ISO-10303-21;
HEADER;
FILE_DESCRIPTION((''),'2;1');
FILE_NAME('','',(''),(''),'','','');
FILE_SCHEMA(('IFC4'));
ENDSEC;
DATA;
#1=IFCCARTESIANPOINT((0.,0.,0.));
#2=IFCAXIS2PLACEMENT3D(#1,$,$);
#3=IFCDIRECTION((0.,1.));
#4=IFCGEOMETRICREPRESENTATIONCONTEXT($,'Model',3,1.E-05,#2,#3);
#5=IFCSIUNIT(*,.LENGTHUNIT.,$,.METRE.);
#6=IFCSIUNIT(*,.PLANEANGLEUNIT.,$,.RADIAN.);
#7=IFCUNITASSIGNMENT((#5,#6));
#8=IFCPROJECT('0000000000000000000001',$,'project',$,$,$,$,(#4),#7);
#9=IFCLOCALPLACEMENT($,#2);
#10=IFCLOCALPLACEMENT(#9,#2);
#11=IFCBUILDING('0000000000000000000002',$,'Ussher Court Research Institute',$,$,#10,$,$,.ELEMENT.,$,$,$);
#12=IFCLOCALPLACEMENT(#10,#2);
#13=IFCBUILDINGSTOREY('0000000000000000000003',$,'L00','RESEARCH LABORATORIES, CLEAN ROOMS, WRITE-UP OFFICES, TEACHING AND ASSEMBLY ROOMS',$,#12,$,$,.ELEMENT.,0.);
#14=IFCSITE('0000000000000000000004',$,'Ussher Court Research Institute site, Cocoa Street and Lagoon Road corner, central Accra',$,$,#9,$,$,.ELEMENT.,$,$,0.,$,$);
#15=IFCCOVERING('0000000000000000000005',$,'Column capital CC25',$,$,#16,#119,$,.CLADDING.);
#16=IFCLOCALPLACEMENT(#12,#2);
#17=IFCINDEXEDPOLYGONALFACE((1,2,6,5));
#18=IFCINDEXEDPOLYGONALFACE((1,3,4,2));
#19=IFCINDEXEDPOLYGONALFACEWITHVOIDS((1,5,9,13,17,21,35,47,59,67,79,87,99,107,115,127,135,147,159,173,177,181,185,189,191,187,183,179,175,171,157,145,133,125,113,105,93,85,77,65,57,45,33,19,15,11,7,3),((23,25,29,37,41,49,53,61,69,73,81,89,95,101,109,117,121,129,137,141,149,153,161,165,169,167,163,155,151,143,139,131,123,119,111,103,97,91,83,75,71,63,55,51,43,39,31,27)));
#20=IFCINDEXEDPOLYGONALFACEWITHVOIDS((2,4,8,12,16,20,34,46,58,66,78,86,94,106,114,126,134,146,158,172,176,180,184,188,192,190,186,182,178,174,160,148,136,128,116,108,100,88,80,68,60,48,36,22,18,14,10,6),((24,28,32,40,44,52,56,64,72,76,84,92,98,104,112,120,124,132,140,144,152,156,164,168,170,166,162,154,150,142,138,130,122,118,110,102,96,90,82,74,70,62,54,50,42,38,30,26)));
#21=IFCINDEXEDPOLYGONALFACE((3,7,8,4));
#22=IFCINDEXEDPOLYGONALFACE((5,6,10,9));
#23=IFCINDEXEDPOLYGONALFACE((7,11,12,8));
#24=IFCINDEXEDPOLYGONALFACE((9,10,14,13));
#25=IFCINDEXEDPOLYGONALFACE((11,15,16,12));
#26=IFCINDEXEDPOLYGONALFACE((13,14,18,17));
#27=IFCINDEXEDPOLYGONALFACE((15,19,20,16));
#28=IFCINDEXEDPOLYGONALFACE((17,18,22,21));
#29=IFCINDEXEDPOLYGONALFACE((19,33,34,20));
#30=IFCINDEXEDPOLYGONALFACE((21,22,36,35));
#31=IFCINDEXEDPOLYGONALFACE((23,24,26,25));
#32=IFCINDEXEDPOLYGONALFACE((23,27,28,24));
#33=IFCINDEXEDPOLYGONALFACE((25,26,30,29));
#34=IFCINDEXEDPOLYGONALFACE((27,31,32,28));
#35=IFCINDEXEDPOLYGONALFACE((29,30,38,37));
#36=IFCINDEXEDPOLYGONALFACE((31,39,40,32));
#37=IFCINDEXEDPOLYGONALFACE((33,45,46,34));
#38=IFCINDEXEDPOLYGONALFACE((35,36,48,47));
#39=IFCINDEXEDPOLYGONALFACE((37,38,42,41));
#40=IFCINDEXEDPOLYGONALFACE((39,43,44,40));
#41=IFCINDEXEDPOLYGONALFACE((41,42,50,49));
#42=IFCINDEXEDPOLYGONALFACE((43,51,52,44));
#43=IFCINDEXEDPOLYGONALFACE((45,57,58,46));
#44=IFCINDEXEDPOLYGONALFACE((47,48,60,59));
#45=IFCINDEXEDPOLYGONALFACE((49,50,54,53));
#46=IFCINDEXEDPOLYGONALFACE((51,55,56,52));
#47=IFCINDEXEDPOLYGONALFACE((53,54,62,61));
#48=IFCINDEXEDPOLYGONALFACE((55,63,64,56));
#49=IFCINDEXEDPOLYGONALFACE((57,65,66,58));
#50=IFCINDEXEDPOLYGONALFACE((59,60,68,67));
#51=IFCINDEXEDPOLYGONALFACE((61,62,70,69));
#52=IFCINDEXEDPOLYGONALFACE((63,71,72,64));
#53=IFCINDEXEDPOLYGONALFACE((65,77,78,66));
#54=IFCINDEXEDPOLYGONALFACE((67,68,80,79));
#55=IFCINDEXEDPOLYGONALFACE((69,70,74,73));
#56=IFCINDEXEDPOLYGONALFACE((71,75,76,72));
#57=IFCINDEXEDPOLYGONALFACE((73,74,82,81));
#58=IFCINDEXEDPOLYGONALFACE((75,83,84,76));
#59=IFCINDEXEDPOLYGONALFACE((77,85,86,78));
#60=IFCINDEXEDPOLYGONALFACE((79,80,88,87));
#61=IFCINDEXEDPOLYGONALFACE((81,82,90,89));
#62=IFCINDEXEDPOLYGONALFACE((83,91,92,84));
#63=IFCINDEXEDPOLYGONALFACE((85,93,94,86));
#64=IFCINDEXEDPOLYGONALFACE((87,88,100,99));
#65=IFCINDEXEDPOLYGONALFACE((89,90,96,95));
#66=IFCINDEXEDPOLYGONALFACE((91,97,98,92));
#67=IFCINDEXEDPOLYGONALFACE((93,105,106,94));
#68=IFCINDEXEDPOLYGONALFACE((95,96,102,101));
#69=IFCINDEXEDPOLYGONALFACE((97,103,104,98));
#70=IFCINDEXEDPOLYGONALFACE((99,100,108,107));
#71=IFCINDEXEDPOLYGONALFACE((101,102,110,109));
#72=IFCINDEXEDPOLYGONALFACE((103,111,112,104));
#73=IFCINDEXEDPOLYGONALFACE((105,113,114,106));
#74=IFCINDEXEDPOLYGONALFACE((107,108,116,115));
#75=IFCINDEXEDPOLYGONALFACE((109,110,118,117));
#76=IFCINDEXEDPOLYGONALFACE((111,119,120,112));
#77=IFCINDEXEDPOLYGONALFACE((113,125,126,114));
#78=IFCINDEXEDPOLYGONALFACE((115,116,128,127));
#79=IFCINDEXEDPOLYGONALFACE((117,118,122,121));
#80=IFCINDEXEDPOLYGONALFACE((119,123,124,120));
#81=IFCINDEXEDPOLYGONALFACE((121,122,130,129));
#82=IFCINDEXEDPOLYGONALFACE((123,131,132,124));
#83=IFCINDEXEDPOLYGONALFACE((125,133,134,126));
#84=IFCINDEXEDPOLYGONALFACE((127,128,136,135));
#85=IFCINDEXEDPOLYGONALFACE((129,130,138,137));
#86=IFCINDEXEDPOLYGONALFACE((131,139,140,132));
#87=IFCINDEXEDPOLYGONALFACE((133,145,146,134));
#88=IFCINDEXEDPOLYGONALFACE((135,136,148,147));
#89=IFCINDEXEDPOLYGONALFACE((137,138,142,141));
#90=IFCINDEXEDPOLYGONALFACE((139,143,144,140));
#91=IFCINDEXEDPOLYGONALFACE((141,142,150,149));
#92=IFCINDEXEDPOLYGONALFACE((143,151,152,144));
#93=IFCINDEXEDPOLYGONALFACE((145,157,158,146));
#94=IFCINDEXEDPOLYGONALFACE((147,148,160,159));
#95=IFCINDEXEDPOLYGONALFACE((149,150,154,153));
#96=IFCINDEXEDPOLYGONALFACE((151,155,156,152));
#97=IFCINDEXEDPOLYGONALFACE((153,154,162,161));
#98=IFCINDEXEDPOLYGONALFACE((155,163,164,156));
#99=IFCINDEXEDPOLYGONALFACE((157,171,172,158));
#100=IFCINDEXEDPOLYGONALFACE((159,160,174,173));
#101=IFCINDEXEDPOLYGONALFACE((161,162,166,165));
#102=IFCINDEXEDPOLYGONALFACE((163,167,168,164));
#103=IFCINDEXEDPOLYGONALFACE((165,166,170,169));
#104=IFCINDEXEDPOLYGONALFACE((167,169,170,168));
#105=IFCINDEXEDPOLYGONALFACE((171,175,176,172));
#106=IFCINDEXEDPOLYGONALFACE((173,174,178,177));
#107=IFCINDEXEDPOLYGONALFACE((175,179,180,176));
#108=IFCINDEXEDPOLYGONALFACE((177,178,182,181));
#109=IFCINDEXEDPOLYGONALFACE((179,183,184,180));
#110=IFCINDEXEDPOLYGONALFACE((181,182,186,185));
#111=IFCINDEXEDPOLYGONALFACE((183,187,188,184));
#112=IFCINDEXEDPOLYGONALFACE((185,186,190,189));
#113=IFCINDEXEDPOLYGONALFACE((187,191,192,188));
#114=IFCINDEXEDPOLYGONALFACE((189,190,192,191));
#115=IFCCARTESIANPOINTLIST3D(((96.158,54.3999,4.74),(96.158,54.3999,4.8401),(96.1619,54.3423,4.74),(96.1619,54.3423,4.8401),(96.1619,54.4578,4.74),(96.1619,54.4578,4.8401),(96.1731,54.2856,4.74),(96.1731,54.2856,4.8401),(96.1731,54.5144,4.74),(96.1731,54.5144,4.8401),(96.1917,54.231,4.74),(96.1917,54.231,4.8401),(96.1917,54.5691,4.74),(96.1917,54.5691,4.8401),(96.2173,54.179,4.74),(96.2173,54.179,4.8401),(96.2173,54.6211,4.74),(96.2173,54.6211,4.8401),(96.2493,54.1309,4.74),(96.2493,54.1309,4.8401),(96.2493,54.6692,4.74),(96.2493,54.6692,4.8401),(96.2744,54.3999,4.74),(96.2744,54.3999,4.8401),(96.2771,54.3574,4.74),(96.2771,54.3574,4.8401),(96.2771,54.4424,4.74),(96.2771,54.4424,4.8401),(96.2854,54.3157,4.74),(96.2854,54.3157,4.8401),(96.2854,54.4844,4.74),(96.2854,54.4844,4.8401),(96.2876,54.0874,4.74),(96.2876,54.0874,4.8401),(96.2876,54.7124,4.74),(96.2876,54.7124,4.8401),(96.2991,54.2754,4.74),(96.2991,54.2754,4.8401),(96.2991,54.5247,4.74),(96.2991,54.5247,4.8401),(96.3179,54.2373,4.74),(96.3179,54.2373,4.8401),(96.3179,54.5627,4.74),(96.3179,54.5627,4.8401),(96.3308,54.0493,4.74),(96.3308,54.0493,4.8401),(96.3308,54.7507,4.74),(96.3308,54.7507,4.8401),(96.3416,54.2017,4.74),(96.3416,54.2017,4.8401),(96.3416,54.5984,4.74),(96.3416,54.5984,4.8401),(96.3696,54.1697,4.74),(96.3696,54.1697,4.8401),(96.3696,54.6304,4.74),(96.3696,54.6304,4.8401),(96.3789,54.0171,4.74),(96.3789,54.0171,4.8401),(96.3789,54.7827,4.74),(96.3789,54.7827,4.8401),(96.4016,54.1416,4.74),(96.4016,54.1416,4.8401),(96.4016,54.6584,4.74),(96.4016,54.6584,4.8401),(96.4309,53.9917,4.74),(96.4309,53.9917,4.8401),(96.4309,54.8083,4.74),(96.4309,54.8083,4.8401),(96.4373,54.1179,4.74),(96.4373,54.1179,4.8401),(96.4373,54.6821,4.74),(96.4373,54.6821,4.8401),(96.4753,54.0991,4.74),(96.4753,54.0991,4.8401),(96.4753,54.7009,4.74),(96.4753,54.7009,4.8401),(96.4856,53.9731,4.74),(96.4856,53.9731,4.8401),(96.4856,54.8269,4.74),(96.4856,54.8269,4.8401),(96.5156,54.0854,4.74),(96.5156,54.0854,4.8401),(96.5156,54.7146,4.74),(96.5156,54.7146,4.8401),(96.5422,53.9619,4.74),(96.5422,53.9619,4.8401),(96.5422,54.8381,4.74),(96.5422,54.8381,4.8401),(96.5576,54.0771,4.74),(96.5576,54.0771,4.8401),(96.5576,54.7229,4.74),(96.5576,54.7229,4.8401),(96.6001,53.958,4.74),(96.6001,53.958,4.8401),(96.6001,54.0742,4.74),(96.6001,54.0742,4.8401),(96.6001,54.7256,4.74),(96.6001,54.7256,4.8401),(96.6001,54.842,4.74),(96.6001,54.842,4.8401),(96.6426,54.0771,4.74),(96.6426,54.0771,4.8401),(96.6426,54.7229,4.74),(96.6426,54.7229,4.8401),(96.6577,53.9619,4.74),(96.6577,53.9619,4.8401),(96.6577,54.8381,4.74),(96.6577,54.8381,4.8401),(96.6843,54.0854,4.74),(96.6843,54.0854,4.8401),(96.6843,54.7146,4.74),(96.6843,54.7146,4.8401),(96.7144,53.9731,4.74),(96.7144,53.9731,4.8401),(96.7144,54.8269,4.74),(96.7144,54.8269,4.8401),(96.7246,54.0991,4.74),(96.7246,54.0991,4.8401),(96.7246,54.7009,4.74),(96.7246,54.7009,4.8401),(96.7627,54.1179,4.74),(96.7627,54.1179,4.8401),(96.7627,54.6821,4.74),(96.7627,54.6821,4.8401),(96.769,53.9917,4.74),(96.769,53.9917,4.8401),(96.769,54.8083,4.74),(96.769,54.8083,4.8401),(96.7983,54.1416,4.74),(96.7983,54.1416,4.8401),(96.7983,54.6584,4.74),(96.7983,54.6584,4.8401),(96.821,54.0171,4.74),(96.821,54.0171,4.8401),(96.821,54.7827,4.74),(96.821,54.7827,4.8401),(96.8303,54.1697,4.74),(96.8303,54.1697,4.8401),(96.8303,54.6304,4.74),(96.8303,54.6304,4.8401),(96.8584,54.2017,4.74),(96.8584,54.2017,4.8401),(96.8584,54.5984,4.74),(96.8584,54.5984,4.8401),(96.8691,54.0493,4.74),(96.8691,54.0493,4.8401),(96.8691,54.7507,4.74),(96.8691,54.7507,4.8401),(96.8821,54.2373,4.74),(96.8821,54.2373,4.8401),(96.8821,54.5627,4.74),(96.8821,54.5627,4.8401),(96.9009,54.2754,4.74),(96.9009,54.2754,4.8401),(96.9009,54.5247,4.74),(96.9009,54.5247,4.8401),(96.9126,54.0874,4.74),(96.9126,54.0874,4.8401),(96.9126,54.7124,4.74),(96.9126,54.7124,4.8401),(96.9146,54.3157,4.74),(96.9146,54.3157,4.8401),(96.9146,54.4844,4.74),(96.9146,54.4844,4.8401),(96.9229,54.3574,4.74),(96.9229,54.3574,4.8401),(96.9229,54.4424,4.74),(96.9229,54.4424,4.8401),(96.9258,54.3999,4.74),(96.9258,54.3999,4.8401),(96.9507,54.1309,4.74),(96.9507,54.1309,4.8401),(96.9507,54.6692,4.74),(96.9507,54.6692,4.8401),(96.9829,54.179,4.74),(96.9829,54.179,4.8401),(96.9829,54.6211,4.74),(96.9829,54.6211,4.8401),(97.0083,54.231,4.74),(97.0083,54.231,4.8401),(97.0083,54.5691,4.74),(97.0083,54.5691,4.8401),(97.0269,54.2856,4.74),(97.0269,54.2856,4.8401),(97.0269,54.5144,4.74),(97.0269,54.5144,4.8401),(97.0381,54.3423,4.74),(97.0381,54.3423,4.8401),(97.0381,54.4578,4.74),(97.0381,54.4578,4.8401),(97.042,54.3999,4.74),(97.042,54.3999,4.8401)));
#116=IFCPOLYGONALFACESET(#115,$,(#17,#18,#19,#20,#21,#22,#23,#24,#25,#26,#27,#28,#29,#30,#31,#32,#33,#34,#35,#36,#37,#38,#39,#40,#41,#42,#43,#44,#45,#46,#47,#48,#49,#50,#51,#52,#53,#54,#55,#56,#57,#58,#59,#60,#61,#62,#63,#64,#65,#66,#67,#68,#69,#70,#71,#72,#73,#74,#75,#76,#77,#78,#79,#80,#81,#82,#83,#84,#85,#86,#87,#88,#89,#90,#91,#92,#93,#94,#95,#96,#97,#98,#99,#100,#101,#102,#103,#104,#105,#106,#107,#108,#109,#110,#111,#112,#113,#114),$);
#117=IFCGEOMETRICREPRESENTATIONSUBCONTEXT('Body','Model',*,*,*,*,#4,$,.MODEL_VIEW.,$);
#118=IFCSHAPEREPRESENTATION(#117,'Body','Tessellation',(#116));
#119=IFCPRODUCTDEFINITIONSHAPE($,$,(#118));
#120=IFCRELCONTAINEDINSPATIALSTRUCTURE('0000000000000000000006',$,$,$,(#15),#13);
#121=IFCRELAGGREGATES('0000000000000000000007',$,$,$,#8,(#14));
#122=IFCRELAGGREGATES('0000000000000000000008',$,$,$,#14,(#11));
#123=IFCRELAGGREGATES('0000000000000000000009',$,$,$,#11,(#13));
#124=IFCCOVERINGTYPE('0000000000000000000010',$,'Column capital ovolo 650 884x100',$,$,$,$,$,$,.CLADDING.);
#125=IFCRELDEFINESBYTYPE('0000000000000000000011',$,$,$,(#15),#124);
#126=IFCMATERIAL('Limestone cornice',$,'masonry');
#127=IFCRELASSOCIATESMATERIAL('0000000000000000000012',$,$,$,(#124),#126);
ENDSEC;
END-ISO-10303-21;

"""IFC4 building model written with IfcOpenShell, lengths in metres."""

from ifc_helpers import new_model, si_unit, direction, frame, origin, place, context, subcontext, project, spatial, polyline, outline, extrude, material, type_object, element, save


model = new_model("IFC4")

# Units and contexts
model_context = context("Model", 3, precision=1e-05, world=origin(), true_north=direction((0.0, 1.0)))
body_context = subcontext(model_context, "Body", "Model", "MODEL_VIEW")
ifc_project = project(units=[si_unit("LENGTHUNIT", "METRE"), si_unit("PLANEANGLEUNIT", "RADIAN")], contexts=[model_context])

# Site, building, storey
site_placement = place(None, origin())
site = spatial("IfcSite", under=ifc_project, at=site_placement, Name="Ussher Court Research Institute site, Cocoa Street and Lagoon Road corner, central Accra", CompositionType="ELEMENT", RefElevation=0.0)
building_placement = place(site_placement, origin())
building = spatial("IfcBuilding", under=site, at=building_placement, Name="Ussher Court Research Institute", CompositionType="ELEMENT")
storey_placement = place(building_placement, origin())
storey = spatial("IfcBuildingStorey", under=building, at=storey_placement, Name="L00", Description="RESEARCH LABORATORIES, CLEAN ROOMS, WRITE-UP OFFICES, TEACHING AND ASSEMBLY ROOMS", CompositionType="ELEMENT", Elevation=0.0)

# Covering
ifc_material_1 = material(Name="Limestone cornice", Category="masonry")
covering_type_1 = type_object("IfcCoveringType", Name="Column capital ovolo 650 884x100", PredefinedType="CLADDING", material=ifc_material_1)
covering_1_placement = place(storey_placement, frame((0.0, 0.0, 4.74)))
element("IfcCovering", 1, at=covering_1_placement, inside=storey, type_object=covering_type_1, Name="Column capital CC25", PredefinedType="CLADDING", context=body_context, shape_type="SweptSolid", body=[
    extrude(outline(polyline([(97.042, 54.3999), (97.0381, 54.4578), (97.0269, 54.5144), (97.0083, 54.5691), (96.9829, 54.6211), (96.9507, 54.6692), (96.9126, 54.7124), (96.8691, 54.7507), (96.821, 54.7827), (96.769, 54.8083), (96.7144, 54.8269), (96.6577, 54.8381), (96.6001, 54.842), (96.5422, 54.8381), (96.4856, 54.8269), (96.4309, 54.8083), (96.3789, 54.7827), (96.3308, 54.7507), (96.2876, 54.7124), (96.2493, 54.6692), (96.2173, 54.6211), (96.1917, 54.5691), (96.1731, 54.5144), (96.1619, 54.4578), (96.158, 54.3999), (96.1619, 54.3423), (96.1731, 54.2856), (96.1917, 54.231), (96.2173, 54.179), (96.2493, 54.1309), (96.2876, 54.0874), (96.3308, 54.0493), (96.3789, 54.0171), (96.4309, 53.9917), (96.4856, 53.9731), (96.5422, 53.9619), (96.6001, 53.958), (96.6577, 53.9619), (96.7144, 53.9731), (96.769, 53.9917), (96.821, 54.0171), (96.8691, 54.0493), (96.9126, 54.0874), (96.9507, 54.1309), (96.9829, 54.179), (97.0083, 54.231), (97.0269, 54.2856), (97.0381, 54.3423), (97.042, 54.3999)]), holes=[polyline([(96.9258, 54.3999), (96.9229, 54.4424), (96.9146, 54.4844), (96.9009, 54.5247), (96.8821, 54.5627), (96.8584, 54.5984), (96.8303, 54.6304), (96.7983, 54.6584), (96.7627, 54.6821), (96.7246, 54.7009), (96.6843, 54.7146), (96.6426, 54.7229), (96.6001, 54.7256), (96.5576, 54.7229), (96.5156, 54.7146), (96.4753, 54.7009), (96.4373, 54.6821), (96.4016, 54.6584), (96.3696, 54.6304), (96.3416, 54.5984), (96.3179, 54.5627), (96.2991, 54.5247), (96.2854, 54.4844), (96.2771, 54.4424), (96.2744, 54.3999), (96.2771, 54.3574), (96.2854, 54.3157), (96.2991, 54.2754), (96.3179, 54.2373), (96.3416, 54.2017), (96.3696, 54.1697), (96.4016, 54.1416), (96.4373, 54.1179), (96.4753, 54.0991), (96.5156, 54.0854), (96.5576, 54.0771), (96.6001, 54.0742), (96.6426, 54.0771), (96.6843, 54.0854), (96.7246, 54.0991), (96.7627, 54.1179), (96.7983, 54.1416), (96.8303, 54.1697), (96.8584, 54.2017), (96.8821, 54.2373), (96.9009, 54.2754), (96.9146, 54.3157), (96.9229, 54.3574), (96.9258, 54.3999)])]), origin(), (0.0, 0.0, 1.0), 0.1001),
])

save(model, "model.ifc")
